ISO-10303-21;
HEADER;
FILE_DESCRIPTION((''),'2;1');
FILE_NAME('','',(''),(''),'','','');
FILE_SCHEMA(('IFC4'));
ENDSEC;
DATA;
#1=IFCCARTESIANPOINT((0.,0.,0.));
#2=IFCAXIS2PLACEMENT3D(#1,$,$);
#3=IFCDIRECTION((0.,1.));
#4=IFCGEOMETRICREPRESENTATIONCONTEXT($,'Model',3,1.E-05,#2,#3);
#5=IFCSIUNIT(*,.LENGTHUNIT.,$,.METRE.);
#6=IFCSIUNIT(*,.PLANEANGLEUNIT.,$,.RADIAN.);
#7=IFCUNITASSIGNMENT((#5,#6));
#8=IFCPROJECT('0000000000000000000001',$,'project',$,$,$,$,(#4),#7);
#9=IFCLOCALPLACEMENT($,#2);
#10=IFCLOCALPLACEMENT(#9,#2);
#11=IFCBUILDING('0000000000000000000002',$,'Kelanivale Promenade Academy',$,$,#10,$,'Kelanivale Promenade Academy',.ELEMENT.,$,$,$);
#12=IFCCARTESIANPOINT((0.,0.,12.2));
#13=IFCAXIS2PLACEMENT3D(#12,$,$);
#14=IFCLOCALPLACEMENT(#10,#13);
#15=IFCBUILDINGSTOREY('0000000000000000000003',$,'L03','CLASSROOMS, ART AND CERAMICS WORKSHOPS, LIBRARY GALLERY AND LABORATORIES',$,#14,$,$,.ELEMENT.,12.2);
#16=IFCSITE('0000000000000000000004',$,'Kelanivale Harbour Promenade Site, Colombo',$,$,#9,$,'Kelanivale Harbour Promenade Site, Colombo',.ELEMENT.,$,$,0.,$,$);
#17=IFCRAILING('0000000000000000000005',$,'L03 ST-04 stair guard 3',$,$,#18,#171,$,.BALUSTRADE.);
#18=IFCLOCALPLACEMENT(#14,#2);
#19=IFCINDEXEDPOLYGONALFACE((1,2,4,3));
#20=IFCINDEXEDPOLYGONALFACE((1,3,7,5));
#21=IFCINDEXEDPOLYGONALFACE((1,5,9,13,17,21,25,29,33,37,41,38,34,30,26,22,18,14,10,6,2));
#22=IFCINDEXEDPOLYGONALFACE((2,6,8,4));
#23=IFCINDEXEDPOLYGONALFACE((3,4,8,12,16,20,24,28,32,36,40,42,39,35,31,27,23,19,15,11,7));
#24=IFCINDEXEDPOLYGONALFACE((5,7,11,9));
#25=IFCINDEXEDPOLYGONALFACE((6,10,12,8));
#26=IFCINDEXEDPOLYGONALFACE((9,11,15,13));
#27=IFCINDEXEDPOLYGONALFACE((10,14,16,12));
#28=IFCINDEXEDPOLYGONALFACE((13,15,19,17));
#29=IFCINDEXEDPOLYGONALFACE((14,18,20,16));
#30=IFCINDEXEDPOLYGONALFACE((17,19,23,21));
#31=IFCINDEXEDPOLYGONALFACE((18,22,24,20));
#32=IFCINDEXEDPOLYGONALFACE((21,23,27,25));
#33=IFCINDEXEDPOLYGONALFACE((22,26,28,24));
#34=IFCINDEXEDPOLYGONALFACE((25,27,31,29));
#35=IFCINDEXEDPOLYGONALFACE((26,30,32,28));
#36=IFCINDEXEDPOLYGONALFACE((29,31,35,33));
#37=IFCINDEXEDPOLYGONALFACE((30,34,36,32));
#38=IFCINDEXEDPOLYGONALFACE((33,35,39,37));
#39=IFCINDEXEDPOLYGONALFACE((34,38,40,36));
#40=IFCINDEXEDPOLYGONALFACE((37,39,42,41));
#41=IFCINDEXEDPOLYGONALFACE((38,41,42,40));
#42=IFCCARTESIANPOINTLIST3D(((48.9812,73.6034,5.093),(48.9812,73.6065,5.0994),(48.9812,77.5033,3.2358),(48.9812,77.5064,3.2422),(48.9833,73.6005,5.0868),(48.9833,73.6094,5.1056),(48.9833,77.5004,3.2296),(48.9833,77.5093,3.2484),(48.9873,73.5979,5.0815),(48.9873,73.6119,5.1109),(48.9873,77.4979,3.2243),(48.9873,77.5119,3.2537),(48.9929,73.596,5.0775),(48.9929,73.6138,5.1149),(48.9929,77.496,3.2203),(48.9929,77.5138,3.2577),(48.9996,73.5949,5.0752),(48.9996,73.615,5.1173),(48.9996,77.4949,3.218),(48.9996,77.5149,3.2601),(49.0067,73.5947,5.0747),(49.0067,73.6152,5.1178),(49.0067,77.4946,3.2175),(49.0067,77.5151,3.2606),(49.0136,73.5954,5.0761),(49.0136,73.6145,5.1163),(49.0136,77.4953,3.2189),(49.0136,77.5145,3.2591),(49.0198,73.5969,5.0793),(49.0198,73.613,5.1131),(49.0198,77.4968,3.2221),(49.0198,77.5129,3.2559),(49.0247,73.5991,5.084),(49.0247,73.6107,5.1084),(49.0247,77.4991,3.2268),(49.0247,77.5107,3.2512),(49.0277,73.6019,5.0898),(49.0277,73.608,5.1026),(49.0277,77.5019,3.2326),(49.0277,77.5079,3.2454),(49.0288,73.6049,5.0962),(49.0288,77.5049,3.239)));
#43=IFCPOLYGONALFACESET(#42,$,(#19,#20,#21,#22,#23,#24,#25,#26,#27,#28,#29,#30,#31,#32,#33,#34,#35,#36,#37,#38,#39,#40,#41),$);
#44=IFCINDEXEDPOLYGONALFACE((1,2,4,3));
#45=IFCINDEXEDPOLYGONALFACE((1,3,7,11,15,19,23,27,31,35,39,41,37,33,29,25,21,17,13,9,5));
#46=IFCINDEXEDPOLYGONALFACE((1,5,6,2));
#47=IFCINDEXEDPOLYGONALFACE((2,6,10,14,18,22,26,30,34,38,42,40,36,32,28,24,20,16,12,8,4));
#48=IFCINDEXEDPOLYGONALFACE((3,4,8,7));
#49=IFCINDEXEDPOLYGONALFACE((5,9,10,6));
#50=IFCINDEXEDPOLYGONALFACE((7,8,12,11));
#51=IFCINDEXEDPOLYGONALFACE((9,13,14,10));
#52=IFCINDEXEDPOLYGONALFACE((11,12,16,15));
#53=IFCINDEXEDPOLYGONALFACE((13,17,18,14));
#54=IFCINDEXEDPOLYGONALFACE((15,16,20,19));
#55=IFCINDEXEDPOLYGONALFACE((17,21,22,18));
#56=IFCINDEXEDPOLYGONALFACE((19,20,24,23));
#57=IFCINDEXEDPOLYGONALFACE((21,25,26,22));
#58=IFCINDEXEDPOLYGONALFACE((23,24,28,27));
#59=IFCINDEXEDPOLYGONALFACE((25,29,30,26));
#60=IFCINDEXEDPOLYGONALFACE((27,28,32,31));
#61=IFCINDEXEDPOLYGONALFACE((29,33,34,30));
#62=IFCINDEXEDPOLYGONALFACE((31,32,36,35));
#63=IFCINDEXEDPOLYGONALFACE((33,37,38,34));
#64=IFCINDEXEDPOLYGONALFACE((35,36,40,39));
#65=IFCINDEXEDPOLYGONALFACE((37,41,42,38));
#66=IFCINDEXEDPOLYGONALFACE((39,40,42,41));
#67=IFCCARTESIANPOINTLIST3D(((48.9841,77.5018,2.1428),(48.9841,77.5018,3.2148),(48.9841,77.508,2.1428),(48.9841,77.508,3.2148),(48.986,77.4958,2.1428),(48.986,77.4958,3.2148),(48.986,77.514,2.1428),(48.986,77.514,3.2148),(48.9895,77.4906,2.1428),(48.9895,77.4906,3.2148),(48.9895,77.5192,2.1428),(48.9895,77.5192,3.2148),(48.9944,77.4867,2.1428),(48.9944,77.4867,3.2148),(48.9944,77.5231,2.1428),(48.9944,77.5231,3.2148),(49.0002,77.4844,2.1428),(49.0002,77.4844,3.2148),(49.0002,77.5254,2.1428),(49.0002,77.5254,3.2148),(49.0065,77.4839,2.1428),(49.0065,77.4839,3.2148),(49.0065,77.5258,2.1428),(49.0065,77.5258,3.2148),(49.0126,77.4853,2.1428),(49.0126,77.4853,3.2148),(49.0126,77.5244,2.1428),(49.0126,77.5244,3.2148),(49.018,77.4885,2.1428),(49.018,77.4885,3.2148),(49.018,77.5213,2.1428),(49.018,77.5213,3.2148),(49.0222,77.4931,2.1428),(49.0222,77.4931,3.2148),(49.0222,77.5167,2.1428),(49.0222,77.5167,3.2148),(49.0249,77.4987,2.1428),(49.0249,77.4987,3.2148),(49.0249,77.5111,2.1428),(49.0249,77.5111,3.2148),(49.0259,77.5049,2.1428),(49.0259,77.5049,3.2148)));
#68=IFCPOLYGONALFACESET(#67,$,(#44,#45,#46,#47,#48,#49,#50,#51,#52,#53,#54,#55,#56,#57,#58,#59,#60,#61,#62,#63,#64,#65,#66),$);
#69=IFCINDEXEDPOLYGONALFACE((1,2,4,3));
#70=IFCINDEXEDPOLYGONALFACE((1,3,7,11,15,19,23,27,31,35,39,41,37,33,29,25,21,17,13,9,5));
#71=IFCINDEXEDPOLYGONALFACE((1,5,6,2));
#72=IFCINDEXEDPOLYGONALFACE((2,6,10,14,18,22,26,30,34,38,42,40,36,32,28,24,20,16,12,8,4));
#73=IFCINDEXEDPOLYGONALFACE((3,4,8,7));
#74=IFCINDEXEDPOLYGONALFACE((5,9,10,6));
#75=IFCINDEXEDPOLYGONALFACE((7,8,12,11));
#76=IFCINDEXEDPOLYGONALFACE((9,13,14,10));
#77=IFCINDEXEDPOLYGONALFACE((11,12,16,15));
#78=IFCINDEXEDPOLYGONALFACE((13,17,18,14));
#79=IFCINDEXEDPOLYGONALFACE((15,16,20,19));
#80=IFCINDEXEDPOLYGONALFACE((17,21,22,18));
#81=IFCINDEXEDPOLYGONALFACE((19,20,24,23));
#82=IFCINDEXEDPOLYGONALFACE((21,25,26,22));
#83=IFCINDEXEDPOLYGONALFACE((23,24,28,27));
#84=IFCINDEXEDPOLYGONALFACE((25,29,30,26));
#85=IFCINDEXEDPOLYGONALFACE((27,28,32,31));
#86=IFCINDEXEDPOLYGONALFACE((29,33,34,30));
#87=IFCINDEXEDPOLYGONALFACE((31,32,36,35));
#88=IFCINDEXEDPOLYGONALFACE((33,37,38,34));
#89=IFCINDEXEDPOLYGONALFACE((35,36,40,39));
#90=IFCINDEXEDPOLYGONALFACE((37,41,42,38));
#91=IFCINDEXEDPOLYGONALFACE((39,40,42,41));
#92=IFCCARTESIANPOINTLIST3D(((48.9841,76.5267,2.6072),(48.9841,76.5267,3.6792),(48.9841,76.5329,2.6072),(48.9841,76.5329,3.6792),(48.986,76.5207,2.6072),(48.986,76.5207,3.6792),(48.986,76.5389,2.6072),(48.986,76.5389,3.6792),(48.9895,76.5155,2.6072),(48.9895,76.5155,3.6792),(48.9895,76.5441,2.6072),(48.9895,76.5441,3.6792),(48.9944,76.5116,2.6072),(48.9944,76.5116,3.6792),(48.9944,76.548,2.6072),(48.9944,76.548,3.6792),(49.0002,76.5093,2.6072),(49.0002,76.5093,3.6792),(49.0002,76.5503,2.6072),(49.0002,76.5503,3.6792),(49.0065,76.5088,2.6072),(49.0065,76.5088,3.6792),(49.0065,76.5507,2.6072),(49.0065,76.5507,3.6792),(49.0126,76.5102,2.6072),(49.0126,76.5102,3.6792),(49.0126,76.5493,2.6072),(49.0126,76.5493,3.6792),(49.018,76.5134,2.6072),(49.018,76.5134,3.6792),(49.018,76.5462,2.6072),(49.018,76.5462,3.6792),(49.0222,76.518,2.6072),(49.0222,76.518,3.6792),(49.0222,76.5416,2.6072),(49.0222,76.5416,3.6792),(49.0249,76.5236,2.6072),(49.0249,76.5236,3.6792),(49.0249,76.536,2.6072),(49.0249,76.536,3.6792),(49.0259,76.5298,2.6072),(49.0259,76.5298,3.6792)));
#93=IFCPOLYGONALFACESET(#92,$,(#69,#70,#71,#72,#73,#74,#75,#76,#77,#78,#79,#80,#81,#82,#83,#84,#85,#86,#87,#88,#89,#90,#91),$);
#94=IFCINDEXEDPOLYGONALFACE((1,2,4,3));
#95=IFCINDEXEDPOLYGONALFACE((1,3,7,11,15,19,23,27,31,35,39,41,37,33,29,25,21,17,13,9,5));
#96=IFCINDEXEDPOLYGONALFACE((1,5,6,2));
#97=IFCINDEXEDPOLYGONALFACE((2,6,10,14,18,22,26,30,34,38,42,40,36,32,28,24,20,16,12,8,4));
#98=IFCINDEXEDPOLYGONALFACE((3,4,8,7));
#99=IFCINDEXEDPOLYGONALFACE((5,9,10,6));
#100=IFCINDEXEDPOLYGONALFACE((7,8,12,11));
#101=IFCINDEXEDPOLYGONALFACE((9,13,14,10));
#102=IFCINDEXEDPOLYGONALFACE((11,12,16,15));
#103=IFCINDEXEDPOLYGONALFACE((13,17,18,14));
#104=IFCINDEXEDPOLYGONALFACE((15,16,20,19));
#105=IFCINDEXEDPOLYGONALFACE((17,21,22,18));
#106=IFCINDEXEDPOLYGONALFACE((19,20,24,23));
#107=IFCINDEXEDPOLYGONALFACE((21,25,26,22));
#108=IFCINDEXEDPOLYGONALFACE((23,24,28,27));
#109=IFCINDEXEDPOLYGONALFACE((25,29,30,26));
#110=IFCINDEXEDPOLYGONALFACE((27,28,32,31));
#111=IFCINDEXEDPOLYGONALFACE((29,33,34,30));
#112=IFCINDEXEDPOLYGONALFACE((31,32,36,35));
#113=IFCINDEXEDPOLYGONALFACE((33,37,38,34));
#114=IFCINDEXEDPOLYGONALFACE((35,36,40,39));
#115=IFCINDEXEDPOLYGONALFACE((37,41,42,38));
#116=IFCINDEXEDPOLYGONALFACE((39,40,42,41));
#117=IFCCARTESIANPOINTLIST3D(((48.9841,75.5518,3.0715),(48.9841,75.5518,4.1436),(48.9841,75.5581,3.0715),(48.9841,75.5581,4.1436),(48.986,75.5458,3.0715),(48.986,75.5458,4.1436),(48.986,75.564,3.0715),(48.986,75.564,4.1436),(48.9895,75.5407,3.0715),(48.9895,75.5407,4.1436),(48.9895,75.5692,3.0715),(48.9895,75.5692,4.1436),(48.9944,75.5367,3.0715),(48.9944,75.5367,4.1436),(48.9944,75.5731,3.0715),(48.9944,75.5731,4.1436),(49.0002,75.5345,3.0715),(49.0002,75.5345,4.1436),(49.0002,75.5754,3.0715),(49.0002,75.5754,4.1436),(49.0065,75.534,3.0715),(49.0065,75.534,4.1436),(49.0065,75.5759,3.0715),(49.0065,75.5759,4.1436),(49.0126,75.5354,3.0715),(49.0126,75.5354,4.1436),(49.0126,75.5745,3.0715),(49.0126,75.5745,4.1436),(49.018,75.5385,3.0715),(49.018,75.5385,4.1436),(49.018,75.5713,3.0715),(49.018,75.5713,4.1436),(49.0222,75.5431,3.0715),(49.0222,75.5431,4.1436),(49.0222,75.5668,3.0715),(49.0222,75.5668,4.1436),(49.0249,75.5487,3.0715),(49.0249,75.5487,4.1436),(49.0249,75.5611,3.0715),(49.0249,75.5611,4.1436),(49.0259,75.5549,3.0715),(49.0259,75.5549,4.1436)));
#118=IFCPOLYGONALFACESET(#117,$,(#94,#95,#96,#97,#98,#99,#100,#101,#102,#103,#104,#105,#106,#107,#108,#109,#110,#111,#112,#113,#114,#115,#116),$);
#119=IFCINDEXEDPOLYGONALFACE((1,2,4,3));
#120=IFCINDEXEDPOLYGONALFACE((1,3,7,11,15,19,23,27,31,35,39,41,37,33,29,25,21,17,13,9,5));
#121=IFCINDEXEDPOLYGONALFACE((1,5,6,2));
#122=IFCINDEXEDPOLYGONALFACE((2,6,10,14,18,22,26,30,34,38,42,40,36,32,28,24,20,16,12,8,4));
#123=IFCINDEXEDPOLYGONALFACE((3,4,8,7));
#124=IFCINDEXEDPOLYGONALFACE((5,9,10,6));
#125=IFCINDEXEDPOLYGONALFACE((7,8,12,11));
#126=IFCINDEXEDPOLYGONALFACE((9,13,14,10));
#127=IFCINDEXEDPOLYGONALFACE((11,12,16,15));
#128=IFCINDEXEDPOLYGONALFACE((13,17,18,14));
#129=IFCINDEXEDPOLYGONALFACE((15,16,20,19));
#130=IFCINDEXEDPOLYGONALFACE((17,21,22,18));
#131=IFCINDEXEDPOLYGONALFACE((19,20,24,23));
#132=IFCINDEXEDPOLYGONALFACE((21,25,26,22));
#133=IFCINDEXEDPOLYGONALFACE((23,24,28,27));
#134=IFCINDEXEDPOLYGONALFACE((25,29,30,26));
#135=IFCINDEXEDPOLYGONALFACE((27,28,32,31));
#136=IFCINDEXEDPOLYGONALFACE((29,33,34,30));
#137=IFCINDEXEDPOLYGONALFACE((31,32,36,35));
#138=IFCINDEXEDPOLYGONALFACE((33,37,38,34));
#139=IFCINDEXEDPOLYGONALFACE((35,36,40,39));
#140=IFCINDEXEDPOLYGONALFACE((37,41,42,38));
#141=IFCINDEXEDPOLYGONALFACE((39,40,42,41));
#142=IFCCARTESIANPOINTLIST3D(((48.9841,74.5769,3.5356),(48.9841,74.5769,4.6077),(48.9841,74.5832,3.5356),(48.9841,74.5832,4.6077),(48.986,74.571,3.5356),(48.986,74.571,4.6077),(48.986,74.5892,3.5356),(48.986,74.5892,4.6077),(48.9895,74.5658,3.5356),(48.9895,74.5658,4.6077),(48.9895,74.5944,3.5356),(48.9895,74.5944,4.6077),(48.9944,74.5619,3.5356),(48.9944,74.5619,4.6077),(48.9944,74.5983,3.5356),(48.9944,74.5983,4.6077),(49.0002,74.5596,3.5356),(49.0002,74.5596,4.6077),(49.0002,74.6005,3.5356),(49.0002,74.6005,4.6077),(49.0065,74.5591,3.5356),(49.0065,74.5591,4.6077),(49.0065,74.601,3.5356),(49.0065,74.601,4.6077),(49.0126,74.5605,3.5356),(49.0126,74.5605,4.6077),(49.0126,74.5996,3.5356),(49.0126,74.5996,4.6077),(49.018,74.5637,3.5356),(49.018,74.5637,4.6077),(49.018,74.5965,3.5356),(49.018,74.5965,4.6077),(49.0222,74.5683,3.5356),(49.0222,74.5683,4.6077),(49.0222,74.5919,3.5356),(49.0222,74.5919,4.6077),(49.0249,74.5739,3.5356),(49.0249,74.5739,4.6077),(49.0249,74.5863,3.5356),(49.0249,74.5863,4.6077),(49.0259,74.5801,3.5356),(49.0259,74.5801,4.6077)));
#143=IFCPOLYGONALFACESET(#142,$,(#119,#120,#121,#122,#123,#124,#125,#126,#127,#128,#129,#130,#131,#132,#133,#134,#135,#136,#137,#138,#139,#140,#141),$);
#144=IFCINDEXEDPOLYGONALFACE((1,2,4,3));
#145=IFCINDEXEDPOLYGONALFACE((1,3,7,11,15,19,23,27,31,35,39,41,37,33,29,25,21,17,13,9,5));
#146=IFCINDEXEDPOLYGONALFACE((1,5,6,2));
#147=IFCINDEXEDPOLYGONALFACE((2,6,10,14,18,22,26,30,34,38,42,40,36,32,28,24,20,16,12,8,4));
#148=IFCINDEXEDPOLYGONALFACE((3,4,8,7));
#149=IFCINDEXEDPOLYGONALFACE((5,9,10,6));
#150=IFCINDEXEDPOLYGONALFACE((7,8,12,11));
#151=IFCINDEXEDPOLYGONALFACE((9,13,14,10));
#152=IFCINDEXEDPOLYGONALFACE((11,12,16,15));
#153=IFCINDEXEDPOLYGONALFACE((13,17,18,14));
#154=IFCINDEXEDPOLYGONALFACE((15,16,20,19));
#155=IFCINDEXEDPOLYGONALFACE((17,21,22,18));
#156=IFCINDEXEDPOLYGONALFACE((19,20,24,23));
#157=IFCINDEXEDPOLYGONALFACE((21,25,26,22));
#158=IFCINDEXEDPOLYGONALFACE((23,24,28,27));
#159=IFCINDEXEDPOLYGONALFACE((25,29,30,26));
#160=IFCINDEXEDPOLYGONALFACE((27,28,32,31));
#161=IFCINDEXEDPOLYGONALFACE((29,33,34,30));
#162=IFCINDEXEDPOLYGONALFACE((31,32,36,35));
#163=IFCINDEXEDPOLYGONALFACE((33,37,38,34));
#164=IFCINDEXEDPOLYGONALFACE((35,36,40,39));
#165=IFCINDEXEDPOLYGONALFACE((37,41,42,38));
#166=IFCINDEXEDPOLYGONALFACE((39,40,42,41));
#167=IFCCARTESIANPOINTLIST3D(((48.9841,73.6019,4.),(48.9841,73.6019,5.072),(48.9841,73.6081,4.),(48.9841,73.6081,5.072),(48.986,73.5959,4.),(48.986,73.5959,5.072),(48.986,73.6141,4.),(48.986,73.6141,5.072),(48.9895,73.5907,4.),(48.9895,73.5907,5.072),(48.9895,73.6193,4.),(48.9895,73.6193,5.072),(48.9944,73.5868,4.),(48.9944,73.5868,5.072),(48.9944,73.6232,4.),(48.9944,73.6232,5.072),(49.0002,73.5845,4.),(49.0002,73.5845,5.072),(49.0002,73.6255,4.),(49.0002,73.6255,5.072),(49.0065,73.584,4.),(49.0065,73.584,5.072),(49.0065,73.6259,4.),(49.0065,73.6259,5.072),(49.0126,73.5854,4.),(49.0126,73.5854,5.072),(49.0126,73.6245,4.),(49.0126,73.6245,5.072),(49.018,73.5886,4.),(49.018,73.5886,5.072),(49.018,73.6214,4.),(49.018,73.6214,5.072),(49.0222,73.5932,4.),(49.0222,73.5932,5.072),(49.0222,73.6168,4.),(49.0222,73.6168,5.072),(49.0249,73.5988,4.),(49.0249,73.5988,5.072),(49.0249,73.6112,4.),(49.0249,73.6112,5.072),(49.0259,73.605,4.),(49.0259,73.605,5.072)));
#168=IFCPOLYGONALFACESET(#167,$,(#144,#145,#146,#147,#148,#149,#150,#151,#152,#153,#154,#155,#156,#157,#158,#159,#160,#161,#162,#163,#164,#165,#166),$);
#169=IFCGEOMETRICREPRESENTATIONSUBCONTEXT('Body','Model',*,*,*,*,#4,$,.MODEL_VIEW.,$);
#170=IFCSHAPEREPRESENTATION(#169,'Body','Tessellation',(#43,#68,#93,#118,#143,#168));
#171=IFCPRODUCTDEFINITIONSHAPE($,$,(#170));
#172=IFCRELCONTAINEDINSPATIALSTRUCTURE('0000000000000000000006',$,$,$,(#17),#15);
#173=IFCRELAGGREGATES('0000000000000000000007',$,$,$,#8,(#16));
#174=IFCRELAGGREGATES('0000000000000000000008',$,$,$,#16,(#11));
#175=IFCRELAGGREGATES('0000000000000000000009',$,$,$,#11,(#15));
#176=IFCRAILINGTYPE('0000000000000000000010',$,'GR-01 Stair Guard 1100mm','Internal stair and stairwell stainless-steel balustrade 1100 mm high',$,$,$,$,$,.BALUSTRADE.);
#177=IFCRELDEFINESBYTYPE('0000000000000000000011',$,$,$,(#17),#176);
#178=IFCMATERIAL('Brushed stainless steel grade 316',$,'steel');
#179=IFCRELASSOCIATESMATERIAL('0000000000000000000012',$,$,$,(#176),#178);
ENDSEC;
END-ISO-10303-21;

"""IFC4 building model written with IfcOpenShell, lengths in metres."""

from ifc_helpers import new_model, si_unit, direction, frame, origin, origin_2d, place, context, subcontext, project, spatial, circle, extrude, material, type_object, element, save


model = new_model("IFC4")

# Units and contexts
model_context = context("Model", 3, precision=1e-05, world=origin(), true_north=direction((0.0, 1.0)))
body_context = subcontext(model_context, "Body", "Model", "MODEL_VIEW")
ifc_project = project(units=[si_unit("LENGTHUNIT", "METRE"), si_unit("PLANEANGLEUNIT", "RADIAN")], contexts=[model_context])

# Site, building, storey
site_placement = place(None, origin())
site = spatial("IfcSite", under=ifc_project, at=site_placement, Name="Kelanivale Harbour Promenade Site, Colombo", LongName="Kelanivale Harbour Promenade Site, Colombo", CompositionType="ELEMENT", RefElevation=0.0)
building_placement = place(site_placement, origin())
building = spatial("IfcBuilding", under=site, at=building_placement, Name="Kelanivale Promenade Academy", LongName="Kelanivale Promenade Academy", CompositionType="ELEMENT")
storey_placement = place(building_placement, frame((0.0, 0.0, 12.2)))
storey = spatial("IfcBuildingStorey", under=building, at=storey_placement, Name="L03", Description="CLASSROOMS, ART AND CERAMICS WORKSHOPS, LIBRARY GALLERY AND LABORATORIES", CompositionType="ELEMENT", Elevation=12.2)

# Railing
ifc_material_1 = material(Name="Brushed stainless steel grade 316", Category="steel")
railing_type_1 = type_object("IfcRailingType", Name="GR-01 Stair Guard 1100mm", Description="Internal stair and stairwell stainless-steel balustrade 1100 mm high", PredefinedType="BALUSTRADE", material=ifc_material_1)
railing_1_placement = place(storey_placement, frame((49.0049, 77.5049, 2.1428)))
element("IfcRailing", 1, at=railing_1_placement, inside=storey, type_object=railing_type_1, Name="L03 ST-04 stair guard 3", PredefinedType="BALUSTRADE", context=body_context, shape_type="SweptSolid", body=[
    extrude(circle(Radius=0.0239, at=origin_2d()), frame((0.0, 0.0, 1.0962), z_axis=(0.0, -0.902853, 0.429949), x_axis=(1.0, 0.0, 0.0)), (0.0, 0.0, 1.0), 4.3196),
    extrude(circle(Radius=0.021, at=origin_2d()), origin(), (0.0, 0.0, 1.0), 1.072),
    extrude(circle(Radius=0.021, at=origin_2d()), frame((0.0, -0.9751, 0.4644)), (0.0, 0.0, 1.0), 1.072),
    extrude(circle(Radius=0.021, at=origin_2d()), frame((0.0, -1.95, 0.9287)), (0.0, 0.0, 1.0), 1.072),
    extrude(circle(Radius=0.021, at=origin_2d()), frame((0.0, -2.9248, 1.3928)), (0.0, 0.0, 1.0), 1.072),
    extrude(circle(Radius=0.021, at=origin_2d()), frame((0.0, -3.8999, 1.8572)), (0.0, 0.0, 1.0), 1.072),
])

save(model, "model.ifc")
